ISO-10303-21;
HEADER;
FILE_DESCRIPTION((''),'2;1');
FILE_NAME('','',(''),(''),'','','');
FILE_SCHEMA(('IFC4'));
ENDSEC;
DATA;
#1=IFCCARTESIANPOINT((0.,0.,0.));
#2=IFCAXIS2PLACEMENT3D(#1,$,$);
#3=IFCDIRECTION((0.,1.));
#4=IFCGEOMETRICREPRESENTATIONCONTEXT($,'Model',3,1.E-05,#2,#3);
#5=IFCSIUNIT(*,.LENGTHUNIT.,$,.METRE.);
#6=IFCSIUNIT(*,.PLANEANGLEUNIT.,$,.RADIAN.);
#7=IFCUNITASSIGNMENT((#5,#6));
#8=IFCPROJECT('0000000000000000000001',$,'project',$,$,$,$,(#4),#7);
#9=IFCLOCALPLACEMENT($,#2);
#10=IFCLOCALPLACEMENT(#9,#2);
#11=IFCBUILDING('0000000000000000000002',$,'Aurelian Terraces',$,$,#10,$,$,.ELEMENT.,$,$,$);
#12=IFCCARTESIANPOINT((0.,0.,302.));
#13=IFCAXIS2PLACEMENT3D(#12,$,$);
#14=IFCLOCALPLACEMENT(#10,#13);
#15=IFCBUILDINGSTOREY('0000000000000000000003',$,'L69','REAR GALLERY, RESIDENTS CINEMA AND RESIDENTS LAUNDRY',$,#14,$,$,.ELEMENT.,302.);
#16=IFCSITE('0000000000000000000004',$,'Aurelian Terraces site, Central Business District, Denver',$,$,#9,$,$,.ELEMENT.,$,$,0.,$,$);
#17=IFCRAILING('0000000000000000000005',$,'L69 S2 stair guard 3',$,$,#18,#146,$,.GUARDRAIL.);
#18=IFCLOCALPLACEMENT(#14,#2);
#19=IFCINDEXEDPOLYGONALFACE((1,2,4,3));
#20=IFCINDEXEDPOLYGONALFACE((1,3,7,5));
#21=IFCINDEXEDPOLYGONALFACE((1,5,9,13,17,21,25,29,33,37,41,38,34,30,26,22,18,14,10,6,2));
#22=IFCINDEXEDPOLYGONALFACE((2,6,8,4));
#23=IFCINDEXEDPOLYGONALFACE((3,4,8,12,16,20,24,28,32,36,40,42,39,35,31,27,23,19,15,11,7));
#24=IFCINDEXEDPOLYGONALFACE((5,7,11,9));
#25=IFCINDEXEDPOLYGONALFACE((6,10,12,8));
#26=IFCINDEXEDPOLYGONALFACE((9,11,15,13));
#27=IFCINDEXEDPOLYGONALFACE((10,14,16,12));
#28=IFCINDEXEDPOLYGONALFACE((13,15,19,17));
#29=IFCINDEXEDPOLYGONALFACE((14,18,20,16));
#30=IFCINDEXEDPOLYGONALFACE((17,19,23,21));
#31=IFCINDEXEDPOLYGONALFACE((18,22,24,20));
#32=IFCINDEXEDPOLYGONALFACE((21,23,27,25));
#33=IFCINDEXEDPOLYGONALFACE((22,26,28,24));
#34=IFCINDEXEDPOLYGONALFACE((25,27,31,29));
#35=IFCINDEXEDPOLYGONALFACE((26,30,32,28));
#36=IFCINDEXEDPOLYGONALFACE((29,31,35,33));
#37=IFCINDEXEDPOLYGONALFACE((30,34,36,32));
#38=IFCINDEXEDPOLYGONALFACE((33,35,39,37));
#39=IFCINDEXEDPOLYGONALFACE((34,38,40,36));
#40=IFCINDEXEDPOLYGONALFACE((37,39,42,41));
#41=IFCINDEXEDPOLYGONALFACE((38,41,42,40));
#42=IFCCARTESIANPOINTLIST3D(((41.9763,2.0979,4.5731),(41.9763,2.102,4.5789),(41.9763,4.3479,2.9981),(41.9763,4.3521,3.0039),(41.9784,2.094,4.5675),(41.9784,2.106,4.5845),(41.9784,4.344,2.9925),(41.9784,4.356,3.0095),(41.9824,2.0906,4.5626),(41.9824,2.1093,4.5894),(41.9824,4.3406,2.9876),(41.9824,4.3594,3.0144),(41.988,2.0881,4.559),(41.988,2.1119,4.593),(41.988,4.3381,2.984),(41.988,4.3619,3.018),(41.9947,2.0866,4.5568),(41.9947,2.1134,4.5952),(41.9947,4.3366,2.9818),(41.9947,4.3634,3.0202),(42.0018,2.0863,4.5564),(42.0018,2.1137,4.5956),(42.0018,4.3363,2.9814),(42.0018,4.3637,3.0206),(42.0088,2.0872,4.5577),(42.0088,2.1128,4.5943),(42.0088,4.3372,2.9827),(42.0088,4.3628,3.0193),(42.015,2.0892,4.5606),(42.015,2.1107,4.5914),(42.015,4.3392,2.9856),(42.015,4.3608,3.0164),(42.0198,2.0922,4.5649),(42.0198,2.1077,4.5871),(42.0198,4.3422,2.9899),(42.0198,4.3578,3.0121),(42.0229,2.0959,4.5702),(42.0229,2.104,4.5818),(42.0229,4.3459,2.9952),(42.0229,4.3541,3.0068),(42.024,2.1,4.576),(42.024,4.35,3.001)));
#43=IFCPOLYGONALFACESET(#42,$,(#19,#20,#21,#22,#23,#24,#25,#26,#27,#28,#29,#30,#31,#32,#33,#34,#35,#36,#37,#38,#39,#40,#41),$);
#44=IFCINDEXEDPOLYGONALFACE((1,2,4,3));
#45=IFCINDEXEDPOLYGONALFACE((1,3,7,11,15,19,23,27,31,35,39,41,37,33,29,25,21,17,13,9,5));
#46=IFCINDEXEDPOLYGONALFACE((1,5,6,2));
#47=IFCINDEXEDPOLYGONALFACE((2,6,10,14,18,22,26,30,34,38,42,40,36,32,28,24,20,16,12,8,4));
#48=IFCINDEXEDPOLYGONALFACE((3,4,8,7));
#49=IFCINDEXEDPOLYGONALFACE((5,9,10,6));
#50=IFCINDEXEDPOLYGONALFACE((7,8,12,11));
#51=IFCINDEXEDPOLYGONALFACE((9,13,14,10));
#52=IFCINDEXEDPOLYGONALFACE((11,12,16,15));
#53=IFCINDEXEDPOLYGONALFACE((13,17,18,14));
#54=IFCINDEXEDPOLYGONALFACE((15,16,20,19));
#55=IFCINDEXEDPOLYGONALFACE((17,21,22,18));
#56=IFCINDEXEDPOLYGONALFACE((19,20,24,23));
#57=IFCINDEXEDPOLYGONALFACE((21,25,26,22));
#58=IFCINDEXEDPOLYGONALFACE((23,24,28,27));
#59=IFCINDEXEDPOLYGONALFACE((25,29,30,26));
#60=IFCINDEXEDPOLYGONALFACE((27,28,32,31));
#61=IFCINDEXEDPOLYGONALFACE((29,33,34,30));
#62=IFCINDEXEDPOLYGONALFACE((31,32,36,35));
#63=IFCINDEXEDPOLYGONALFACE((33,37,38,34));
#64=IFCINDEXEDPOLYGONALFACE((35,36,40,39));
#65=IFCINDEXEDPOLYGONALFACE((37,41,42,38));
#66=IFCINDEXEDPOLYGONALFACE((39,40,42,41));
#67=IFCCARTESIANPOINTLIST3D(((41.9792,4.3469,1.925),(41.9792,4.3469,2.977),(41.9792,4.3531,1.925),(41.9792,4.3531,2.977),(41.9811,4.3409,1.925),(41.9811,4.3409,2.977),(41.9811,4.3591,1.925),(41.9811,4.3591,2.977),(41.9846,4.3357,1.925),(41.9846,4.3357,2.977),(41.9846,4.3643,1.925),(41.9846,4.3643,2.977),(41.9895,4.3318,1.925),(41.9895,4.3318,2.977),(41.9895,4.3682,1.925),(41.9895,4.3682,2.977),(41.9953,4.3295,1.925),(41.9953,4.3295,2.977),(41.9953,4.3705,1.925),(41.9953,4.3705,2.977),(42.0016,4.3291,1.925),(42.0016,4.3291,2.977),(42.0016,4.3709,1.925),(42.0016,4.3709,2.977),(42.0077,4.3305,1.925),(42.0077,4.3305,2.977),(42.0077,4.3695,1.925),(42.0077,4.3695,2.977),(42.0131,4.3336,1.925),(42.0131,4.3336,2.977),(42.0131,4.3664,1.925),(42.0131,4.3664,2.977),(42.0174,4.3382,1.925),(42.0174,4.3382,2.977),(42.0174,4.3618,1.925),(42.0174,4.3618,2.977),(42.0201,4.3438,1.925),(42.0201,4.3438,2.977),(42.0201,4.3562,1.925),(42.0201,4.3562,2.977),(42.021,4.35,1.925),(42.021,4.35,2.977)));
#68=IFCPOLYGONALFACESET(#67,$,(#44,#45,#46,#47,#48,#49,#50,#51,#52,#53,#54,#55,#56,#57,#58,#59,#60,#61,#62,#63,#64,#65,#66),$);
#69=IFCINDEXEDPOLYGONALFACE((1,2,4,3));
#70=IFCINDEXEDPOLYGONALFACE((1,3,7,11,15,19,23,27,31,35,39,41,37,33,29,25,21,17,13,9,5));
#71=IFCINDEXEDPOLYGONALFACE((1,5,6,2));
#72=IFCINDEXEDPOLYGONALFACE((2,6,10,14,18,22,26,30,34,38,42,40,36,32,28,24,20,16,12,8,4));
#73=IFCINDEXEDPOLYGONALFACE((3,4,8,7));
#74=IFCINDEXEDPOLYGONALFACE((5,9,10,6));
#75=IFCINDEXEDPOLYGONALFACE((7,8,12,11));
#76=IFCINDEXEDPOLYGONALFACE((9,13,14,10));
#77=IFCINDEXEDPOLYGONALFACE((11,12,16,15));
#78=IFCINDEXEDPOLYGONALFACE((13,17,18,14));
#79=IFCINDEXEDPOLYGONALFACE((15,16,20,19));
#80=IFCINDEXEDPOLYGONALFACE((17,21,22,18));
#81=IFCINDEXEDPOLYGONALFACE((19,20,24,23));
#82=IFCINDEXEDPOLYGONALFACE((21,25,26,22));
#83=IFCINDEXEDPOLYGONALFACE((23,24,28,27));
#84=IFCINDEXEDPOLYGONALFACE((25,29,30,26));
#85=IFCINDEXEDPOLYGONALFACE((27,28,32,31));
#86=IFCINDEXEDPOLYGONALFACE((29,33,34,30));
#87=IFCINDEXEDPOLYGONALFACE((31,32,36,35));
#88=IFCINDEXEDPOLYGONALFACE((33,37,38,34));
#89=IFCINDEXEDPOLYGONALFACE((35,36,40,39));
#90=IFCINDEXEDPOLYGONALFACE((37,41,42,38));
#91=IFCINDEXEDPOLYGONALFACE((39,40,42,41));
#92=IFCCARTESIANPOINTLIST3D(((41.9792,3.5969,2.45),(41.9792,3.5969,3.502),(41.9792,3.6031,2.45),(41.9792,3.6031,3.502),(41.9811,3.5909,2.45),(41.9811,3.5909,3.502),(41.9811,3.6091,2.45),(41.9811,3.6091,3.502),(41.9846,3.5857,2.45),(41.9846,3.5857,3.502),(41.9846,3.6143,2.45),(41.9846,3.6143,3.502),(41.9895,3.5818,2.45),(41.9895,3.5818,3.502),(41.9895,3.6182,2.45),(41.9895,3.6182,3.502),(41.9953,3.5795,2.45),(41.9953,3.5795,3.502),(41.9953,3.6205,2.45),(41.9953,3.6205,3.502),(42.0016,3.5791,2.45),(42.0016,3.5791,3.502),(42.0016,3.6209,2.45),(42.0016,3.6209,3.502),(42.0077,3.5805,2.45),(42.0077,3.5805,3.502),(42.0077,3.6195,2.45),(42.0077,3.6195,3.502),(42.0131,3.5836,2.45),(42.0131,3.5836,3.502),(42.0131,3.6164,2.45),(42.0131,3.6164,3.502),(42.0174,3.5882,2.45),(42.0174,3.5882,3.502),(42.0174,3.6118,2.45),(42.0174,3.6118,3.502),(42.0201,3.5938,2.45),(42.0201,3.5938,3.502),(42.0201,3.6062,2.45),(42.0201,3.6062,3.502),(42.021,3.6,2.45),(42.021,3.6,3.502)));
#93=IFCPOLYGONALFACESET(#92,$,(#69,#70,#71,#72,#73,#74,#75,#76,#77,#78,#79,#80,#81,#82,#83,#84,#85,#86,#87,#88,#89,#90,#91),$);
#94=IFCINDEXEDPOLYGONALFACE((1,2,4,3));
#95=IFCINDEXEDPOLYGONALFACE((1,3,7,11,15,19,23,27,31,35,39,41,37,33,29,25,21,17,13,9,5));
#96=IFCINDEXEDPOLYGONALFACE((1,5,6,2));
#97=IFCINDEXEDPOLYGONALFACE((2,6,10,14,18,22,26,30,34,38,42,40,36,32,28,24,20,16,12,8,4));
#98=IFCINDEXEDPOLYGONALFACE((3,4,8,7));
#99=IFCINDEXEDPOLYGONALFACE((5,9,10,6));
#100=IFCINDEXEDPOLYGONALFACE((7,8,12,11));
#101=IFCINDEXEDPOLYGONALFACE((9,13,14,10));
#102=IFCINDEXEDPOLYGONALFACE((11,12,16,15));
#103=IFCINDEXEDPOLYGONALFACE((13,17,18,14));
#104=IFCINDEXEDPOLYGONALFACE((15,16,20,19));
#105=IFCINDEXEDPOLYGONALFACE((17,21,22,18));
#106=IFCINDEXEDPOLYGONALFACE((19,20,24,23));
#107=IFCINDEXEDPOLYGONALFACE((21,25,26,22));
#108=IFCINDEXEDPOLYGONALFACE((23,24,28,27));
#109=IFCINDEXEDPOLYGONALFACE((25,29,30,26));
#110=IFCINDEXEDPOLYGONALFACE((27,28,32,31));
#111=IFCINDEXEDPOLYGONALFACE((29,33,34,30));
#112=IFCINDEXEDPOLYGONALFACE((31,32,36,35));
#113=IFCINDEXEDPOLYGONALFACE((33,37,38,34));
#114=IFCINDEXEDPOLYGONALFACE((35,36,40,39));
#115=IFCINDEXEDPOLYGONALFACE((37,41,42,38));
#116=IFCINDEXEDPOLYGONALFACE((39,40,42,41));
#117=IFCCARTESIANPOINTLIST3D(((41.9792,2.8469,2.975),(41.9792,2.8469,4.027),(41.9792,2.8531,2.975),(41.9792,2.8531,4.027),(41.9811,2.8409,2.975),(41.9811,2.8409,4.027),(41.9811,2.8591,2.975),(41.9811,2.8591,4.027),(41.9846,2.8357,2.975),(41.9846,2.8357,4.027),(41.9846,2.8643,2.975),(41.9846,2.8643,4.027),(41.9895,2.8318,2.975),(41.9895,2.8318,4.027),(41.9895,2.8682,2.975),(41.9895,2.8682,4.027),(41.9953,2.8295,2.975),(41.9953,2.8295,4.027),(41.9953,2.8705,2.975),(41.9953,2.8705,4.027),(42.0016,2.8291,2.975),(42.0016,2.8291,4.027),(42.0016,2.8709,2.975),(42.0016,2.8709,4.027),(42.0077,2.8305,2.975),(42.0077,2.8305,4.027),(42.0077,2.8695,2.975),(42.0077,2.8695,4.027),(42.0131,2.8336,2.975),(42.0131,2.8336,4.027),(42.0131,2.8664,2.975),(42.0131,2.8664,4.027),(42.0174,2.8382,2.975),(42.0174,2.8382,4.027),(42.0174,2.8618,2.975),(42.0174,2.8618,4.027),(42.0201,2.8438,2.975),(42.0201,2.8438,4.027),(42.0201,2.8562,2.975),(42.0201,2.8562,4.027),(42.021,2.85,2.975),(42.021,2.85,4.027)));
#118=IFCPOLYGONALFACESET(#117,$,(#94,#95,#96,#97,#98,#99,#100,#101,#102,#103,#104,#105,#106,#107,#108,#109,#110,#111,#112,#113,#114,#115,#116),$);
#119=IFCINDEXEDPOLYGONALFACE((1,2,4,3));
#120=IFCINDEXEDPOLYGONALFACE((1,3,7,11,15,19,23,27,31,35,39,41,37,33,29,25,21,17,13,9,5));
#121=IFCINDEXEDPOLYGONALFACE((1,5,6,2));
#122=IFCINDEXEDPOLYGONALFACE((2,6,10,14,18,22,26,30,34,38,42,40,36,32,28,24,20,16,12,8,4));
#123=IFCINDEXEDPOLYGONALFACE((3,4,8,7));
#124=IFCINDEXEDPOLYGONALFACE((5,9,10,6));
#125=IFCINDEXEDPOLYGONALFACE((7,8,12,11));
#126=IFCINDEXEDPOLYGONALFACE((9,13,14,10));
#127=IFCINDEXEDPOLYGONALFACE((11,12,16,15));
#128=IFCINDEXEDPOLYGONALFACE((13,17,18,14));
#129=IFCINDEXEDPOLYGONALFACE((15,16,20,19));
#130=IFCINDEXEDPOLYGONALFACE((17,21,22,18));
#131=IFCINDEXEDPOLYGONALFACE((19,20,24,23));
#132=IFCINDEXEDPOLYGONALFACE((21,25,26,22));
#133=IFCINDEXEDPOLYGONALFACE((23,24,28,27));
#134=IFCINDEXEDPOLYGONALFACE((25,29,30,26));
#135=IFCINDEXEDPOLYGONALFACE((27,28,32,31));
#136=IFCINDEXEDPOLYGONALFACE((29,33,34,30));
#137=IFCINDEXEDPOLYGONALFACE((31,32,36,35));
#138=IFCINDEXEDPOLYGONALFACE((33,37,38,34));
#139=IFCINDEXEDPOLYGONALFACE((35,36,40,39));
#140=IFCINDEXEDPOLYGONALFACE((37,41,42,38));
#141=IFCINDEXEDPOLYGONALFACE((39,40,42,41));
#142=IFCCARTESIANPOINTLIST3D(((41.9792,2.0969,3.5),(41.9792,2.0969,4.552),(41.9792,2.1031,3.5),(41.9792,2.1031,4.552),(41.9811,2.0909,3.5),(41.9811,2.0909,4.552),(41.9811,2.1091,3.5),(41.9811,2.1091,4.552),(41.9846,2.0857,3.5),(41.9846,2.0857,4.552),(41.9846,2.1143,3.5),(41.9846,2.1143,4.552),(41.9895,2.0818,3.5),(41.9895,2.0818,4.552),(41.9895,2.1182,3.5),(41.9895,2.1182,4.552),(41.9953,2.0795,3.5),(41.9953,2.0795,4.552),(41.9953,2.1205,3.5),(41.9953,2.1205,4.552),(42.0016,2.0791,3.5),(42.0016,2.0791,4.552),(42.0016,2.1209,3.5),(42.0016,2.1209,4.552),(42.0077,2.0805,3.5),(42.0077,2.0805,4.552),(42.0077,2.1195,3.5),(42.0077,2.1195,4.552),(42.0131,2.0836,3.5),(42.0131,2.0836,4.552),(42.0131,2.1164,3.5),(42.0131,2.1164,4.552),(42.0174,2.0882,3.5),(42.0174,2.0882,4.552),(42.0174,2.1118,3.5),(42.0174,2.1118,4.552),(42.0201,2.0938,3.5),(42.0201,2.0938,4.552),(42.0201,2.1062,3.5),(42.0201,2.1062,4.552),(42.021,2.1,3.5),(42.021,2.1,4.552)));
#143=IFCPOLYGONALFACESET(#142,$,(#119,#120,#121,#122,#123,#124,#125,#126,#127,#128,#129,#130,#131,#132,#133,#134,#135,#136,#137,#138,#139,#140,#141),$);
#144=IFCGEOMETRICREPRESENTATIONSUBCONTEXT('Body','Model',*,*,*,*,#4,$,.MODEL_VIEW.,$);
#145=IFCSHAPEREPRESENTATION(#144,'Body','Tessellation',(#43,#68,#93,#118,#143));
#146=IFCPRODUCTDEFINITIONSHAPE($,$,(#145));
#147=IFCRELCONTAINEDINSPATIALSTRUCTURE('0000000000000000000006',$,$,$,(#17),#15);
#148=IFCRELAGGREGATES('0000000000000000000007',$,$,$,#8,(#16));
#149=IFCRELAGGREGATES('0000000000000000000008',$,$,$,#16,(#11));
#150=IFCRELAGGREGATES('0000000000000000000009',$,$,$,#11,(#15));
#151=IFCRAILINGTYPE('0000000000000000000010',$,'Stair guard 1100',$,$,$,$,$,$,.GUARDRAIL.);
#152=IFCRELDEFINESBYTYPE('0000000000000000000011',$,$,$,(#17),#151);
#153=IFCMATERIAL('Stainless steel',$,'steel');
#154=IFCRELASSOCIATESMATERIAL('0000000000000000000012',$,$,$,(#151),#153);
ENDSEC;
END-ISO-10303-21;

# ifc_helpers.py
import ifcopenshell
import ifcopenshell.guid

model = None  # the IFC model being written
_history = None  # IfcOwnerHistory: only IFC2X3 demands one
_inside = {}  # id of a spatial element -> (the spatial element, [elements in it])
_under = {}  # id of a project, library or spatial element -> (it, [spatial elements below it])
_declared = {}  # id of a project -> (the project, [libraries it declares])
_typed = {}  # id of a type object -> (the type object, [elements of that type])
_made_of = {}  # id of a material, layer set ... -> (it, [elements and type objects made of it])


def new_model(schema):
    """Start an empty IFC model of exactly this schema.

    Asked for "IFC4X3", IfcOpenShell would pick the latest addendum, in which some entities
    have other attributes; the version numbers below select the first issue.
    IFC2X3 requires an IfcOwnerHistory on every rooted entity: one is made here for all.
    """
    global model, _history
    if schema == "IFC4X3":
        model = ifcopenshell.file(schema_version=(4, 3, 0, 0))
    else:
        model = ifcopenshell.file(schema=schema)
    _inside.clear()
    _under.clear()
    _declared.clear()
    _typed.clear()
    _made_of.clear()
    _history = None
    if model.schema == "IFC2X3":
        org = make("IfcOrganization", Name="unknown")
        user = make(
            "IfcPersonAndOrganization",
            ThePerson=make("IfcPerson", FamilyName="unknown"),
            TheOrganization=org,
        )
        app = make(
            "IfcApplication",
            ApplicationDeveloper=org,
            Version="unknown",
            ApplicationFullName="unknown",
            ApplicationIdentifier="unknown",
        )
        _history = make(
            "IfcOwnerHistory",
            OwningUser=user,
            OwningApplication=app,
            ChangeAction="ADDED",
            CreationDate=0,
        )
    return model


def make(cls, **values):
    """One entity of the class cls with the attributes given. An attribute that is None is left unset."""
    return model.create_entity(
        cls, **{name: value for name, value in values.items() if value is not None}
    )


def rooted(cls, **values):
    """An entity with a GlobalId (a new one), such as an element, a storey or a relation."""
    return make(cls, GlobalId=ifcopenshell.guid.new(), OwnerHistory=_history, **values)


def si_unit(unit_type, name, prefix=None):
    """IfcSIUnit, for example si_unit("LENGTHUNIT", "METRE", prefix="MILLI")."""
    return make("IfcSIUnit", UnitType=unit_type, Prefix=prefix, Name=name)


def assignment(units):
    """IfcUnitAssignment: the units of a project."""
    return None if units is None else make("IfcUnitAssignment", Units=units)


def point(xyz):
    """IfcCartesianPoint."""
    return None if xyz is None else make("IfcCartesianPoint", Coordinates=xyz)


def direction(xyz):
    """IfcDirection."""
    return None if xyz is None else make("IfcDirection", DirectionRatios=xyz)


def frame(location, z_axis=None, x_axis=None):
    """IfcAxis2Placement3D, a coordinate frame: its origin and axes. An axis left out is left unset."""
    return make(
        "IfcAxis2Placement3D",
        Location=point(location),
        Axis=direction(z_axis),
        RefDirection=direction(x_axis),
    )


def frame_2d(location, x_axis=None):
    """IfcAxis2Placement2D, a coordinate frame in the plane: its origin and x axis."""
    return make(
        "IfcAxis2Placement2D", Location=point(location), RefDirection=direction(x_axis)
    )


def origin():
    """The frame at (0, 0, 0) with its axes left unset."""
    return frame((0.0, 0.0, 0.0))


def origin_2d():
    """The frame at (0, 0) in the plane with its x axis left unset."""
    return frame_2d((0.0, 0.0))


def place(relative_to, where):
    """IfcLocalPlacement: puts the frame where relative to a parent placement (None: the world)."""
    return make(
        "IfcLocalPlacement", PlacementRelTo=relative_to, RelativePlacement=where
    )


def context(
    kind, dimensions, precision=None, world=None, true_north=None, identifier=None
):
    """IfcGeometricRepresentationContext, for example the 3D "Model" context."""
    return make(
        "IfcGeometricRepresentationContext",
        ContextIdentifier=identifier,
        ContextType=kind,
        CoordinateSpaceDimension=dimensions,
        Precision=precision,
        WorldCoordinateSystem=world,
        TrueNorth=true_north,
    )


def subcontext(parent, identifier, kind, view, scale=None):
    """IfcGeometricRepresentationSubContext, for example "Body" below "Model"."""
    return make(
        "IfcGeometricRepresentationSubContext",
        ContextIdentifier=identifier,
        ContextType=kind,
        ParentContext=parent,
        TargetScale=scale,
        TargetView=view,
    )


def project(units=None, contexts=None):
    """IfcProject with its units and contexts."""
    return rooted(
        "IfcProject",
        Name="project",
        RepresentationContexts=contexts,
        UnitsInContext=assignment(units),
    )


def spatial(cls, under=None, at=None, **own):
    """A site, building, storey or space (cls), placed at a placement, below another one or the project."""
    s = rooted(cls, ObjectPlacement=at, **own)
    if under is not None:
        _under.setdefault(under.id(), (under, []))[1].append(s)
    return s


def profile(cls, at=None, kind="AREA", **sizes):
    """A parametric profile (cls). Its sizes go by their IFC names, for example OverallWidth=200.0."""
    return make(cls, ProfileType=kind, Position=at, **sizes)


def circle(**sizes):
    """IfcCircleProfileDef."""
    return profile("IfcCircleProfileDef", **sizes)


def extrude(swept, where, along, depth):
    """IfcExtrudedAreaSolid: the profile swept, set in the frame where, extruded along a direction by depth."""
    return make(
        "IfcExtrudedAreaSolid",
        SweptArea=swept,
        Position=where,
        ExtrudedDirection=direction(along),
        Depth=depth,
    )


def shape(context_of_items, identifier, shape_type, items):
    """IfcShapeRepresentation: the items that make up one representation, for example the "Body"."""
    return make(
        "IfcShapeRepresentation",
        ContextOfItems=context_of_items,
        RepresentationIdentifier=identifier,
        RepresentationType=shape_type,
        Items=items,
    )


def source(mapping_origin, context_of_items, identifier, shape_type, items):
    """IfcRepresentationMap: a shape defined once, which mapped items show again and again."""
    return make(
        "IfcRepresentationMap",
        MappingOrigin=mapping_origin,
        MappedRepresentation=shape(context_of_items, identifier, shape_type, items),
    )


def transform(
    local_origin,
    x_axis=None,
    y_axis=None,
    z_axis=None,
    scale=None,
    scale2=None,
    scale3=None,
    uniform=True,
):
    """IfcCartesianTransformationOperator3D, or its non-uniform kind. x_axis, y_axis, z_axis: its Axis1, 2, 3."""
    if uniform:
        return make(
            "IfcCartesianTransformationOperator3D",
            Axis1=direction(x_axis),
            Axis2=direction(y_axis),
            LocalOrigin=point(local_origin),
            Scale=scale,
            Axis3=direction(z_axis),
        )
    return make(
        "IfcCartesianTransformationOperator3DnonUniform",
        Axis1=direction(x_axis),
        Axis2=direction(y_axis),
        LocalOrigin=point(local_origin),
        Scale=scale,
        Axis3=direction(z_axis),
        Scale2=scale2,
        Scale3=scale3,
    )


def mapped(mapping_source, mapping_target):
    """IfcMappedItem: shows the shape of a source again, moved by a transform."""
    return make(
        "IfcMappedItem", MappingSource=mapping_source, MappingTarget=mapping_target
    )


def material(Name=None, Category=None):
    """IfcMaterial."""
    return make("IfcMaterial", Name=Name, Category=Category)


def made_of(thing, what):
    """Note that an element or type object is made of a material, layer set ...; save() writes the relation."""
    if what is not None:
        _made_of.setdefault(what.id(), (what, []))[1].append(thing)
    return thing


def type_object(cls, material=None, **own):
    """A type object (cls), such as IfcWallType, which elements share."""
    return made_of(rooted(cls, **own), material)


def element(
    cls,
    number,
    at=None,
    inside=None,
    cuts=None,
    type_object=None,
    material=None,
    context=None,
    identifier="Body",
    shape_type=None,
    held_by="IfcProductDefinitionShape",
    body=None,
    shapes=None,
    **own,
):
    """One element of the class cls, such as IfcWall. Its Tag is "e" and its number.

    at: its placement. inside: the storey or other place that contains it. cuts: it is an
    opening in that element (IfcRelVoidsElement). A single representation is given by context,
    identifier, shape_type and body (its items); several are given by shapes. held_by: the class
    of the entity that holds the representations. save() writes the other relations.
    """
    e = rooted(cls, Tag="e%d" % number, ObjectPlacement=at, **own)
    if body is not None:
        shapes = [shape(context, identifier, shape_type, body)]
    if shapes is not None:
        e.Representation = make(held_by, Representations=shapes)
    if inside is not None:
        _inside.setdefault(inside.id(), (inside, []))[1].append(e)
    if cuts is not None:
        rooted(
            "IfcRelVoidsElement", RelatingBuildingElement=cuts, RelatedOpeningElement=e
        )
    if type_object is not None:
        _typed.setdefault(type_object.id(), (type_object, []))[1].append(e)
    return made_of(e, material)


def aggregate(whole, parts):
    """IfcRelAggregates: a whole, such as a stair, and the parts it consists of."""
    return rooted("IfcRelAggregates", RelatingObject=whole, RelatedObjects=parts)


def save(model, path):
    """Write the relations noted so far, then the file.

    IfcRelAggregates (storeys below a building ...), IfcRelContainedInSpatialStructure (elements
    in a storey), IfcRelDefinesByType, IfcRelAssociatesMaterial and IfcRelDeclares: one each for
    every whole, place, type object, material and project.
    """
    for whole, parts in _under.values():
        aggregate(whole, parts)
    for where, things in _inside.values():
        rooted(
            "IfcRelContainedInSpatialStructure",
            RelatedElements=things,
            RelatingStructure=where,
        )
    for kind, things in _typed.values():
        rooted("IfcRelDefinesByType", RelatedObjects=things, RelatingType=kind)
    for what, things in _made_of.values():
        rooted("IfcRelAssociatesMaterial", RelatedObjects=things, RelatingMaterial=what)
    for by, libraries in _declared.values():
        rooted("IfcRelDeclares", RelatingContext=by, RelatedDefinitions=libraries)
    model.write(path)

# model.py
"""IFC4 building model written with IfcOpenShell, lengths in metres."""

from ifc_helpers import new_model, si_unit, direction, frame, origin, origin_2d, place, context, subcontext, project, spatial, circle, extrude, source, transform, mapped, material, type_object, element, save


model = new_model("IFC4")

# Units and contexts
model_context = context("Model", 3, precision=1e-05, world=origin(), true_north=direction((0.0, 1.0)))
body_context = subcontext(model_context, "Body", "Model", "MODEL_VIEW")
ifc_project = project(units=[si_unit("LENGTHUNIT", "METRE"), si_unit("PLANEANGLEUNIT", "RADIAN")], contexts=[model_context])

# Site, building, storey
site_placement = place(None, origin())
site = spatial("IfcSite", under=ifc_project, at=site_placement, Name="Aurelian Terraces site, Central Business District, Denver", CompositionType="ELEMENT", RefElevation=0.0)
building_placement = place(site_placement, origin())
building = spatial("IfcBuilding", under=site, at=building_placement, Name="Aurelian Terraces", CompositionType="ELEMENT")
storey_placement = place(building_placement, frame((0.0, 0.0, 302.0)))
storey = spatial("IfcBuildingStorey", under=building, at=storey_placement, Name="L69", Description="REAR GALLERY, RESIDENTS CINEMA AND RESIDENTS LAUNDRY", CompositionType="ELEMENT", Elevation=302.0)

# Railing
ifc_material_1 = material(Name="Stainless steel", Category="steel")
railing_type_1 = type_object("IfcRailingType", Name="Stair guard 1100", PredefinedType="GUARDRAIL", material=ifc_material_1)
shared_shape_1 = source(origin(), body_context, "Body", "SweptSolid", [
    extrude(circle(Radius=0.024, at=origin_2d()), frame((0.0, 0.0, 1.076), z_axis=(0.0, -0.819232, 0.573462), x_axis=(1.0, 0.0, 0.0)), (0.0, 0.0, 1.0), 2.7465),
    extrude(circle(Radius=0.021, at=origin_2d()), origin(), (0.0, 0.0, 1.0), 1.052),
    extrude(circle(Radius=0.021, at=origin_2d()), frame((0.0, -0.75, 0.525)), (0.0, 0.0, 1.0), 1.052),
    extrude(circle(Radius=0.021, at=origin_2d()), frame((0.0, -1.5, 1.05)), (0.0, 0.0, 1.0), 1.052),
    extrude(circle(Radius=0.021, at=origin_2d()), frame((0.0, -2.25, 1.575)), (0.0, 0.0, 1.0), 1.052),
])
railing_1_placement = place(storey_placement, frame((42.0, 4.35, 1.925)))
element("IfcRailing", 1, at=railing_1_placement, inside=storey, type_object=railing_type_1, Name="L69 S2 stair guard 3", PredefinedType="GUARDRAIL", context=body_context, shape_type="MappedRepresentation", body=[
    mapped(shared_shape_1, transform((0.0, 0.0, 0.0), scale=1.0)),
])

save(model, "model.ifc")
